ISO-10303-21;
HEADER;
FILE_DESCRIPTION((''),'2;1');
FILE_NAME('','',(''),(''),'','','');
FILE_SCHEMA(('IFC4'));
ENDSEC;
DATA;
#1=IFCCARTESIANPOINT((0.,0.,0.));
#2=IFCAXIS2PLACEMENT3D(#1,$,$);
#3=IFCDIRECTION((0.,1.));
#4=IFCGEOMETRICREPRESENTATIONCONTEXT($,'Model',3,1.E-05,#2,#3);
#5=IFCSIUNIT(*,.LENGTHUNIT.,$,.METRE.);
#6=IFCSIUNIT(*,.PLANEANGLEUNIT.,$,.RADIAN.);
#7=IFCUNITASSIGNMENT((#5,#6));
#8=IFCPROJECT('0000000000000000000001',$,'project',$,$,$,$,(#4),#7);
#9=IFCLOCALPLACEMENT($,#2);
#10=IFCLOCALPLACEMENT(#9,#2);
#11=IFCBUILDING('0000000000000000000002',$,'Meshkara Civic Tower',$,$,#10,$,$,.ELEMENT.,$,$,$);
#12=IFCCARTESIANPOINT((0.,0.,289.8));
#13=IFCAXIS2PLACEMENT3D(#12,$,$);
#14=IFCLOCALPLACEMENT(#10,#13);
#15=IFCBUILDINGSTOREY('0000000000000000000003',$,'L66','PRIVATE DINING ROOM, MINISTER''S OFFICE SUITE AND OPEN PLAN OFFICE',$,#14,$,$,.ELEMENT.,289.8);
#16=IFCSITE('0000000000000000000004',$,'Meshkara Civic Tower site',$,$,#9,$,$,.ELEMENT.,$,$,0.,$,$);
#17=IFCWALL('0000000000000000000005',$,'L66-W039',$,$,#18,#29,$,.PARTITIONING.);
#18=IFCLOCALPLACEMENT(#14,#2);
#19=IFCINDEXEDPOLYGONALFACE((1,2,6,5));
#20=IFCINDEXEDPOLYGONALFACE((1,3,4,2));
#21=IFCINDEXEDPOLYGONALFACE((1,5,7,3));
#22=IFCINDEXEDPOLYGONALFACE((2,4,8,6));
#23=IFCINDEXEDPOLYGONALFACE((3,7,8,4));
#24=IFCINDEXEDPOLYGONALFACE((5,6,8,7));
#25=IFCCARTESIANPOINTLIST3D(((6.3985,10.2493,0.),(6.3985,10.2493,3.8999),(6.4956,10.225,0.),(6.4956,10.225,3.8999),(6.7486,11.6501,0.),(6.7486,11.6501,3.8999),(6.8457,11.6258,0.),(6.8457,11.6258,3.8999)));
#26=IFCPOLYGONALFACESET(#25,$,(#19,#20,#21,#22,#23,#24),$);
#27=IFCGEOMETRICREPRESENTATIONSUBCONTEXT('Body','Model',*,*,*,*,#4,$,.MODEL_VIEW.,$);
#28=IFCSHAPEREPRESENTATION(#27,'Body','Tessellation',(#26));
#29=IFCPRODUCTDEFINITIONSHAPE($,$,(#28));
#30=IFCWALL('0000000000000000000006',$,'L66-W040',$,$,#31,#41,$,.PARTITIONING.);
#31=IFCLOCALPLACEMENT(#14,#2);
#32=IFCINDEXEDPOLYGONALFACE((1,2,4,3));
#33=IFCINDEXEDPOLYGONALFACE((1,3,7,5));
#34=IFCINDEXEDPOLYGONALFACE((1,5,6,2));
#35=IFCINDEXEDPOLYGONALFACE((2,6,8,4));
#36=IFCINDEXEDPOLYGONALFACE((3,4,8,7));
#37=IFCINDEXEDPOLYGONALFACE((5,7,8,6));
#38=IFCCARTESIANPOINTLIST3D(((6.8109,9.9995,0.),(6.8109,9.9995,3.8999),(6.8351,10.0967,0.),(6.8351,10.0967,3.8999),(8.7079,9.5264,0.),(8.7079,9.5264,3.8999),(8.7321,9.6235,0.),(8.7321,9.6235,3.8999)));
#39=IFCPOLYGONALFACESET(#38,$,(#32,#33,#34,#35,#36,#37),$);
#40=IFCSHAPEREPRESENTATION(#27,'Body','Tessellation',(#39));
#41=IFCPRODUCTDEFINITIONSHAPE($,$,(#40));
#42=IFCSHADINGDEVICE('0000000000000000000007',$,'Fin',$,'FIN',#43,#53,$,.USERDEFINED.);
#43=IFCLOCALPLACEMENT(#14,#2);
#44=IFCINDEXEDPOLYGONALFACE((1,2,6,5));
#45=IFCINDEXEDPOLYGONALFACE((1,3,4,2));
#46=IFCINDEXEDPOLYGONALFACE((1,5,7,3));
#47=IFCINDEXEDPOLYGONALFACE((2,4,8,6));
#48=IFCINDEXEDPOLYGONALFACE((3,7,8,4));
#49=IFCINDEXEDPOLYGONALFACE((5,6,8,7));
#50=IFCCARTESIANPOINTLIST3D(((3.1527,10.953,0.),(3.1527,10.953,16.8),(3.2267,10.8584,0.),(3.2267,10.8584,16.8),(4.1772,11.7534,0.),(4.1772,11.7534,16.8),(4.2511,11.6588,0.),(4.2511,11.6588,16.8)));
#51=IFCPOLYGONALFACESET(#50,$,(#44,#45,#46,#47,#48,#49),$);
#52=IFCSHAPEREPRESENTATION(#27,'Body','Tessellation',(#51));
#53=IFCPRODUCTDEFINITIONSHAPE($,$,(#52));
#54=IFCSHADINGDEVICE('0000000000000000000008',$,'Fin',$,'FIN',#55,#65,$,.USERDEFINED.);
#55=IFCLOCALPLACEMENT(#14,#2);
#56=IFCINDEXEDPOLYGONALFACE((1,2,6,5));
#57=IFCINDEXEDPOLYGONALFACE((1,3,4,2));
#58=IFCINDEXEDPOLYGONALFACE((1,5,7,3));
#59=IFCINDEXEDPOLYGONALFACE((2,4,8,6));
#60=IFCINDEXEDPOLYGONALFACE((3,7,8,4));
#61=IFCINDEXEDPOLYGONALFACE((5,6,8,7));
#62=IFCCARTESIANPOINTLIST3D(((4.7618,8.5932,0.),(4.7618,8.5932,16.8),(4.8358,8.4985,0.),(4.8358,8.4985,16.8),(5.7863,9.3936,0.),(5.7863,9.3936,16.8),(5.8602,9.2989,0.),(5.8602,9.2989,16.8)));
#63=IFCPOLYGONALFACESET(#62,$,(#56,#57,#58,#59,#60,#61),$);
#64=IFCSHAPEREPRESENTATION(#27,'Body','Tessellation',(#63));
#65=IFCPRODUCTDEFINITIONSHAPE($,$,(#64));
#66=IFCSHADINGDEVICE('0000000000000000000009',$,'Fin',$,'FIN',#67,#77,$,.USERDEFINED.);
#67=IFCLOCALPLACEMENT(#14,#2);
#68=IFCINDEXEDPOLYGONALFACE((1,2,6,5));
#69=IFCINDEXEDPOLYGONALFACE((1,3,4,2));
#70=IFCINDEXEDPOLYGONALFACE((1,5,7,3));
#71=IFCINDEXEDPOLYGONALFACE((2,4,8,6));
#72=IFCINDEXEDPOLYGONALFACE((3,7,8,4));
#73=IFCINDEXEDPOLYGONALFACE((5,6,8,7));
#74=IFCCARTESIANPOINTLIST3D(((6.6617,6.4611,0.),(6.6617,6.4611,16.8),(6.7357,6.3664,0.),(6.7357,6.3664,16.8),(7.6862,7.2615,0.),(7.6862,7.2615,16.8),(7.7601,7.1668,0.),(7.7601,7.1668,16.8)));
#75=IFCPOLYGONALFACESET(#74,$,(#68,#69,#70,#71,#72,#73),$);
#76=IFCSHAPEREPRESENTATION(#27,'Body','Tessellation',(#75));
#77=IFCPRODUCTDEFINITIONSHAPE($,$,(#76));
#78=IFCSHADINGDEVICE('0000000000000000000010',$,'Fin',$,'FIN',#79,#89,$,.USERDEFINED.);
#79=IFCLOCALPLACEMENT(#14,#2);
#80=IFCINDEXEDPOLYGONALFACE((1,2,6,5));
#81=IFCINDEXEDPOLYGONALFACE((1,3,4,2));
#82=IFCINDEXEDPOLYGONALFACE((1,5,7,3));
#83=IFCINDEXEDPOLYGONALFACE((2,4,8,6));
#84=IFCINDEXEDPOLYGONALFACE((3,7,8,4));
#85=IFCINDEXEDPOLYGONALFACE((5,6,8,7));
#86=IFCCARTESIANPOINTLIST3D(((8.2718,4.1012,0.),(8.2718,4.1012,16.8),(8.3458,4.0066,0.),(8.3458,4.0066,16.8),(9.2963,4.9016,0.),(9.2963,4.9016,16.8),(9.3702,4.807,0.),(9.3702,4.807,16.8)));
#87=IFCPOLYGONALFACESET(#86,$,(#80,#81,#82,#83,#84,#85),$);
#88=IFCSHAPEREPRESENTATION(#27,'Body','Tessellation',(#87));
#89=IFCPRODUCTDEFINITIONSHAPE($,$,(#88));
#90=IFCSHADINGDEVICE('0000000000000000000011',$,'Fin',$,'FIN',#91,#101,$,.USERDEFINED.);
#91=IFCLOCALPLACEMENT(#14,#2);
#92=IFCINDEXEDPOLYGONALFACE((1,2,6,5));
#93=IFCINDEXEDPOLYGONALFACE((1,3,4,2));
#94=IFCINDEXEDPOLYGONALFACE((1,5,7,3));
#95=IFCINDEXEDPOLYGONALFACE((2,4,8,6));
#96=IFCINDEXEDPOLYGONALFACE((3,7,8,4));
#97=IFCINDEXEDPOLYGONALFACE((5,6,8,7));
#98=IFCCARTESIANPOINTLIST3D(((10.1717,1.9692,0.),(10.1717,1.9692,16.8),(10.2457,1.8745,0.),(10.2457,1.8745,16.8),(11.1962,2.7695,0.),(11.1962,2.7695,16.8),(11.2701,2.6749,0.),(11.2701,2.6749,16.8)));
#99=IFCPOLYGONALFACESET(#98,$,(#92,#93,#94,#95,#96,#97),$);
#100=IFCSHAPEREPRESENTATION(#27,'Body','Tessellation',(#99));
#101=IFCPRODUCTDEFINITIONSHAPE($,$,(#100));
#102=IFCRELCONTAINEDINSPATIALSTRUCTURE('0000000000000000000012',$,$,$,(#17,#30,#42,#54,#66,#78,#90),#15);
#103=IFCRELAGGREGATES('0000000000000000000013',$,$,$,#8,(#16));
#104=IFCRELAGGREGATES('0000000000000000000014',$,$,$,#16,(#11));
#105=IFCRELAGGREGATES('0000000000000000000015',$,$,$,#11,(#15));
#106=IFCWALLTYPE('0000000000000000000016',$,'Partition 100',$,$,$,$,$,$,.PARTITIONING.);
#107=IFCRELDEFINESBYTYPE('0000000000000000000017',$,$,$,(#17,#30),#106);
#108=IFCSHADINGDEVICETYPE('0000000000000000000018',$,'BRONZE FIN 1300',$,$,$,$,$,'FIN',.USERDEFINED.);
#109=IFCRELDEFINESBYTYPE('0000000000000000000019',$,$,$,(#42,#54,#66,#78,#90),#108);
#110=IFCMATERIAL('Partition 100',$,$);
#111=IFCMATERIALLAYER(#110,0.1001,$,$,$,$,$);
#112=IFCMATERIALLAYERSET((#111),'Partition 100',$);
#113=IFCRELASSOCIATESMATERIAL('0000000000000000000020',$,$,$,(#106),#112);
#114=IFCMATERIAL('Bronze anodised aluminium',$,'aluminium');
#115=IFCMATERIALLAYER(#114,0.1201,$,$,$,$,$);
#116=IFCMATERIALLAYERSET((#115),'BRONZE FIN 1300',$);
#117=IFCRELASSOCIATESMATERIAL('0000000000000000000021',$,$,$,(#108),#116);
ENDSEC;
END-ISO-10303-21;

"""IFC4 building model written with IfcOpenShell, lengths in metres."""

from ifc_helpers import new_model, si_unit, direction, frame, frame_2d, origin, origin_2d, place, context, subcontext, project, spatial, rectangle, extrude, material, layer, layer_set, type_object, element, save


model = new_model("IFC4")

# Units and contexts
model_context = context("Model", 3, precision=1e-05, world=origin(), true_north=direction((0.0, 1.0)))
body_context = subcontext(model_context, "Body", "Model", "MODEL_VIEW")
ifc_project = project(units=[si_unit("LENGTHUNIT", "METRE"), si_unit("PLANEANGLEUNIT", "RADIAN")], contexts=[model_context])

# Site, building, storey
site_placement = place(None, origin())
site = spatial("IfcSite", under=ifc_project, at=site_placement, Name="Meshkara Civic Tower site", CompositionType="ELEMENT", RefElevation=0.0)
building_placement = place(site_placement, origin())
building = spatial("IfcBuilding", under=site, at=building_placement, Name="Meshkara Civic Tower", CompositionType="ELEMENT")
storey_placement = place(building_placement, frame((0.0, 0.0, 289.8)))
storey = spatial("IfcBuildingStorey", under=building, at=storey_placement, Name="L66", Description="PRIVATE DINING ROOM, MINISTER'S OFFICE SUITE AND OPEN PLAN OFFICE", CompositionType="ELEMENT", Elevation=289.8)

# Walls
ifc_material_1 = material(Name="Partition 100")
ifc_layer_1 = layer(ifc_material_1, 0.1001)
ifc_layer_set_1 = layer_set([ifc_layer_1], Name="Partition 100")
wall_type_1 = type_object("IfcWallType", Name="Partition 100", PredefinedType="PARTITIONING", material=ifc_layer_set_1)
wall_1_placement = place(storey_placement, frame((6.7971, 11.6379, 0.0), z_axis=(0.0, 0.0, 1.0), x_axis=(-0.242456, -0.970162, 0.0)))
element("IfcWall", 1, at=wall_1_placement, inside=storey, type_object=wall_type_1, Name="L66-W039", PredefinedType="PARTITIONING", context=body_context, shape_type="SweptSolid", body=[
    extrude(rectangle(XDim=1.4438, YDim=0.1001, at=frame_2d((0.7219, 0.0))), origin(), (0.0, 0.0, 1.0), 3.8999),
])
wall_2_placement = place(storey_placement, frame((8.72, 9.575, 0.0), z_axis=(0.0, 0.0, 1.0), x_axis=(-0.970275, 0.242007, 0.0)))
element("IfcWall", 2, at=wall_2_placement, inside=storey, type_object=wall_type_1, Name="L66-W040", PredefinedType="PARTITIONING", context=body_context, shape_type="SweptSolid", body=[
    extrude(rectangle(XDim=1.9551, YDim=0.1001, at=frame_2d((0.9775, 0.0))), origin(), (0.0, 0.0, 1.0), 3.8999),
])

# Shading devices
ifc_material_2 = material(Name="Bronze anodised aluminium", Category="aluminium")
ifc_layer_2 = layer(ifc_material_2, 0.1201)
ifc_layer_set_2 = layer_set([ifc_layer_2], Name="BRONZE FIN 1300")
shading_device_type = type_object("IfcShadingDeviceType", Name="BRONZE FIN 1300", ElementType="FIN", PredefinedType="USERDEFINED", material=ifc_layer_set_2)
for number, where, z_axis, x_axis, name in (
    (3, (3.7019, 11.3059, 0.0), (0.0, 0.0, 1.0), (0.615661, -0.788011, 0.0), "Fin"),
    (4, (5.311, 8.946, 0.0), (0.0, 0.0, 1.0), (0.615661, -0.788011, 0.0), "Fin"),
    (5, (7.2109, 6.814, 0.0), (0.0, 0.0, 1.0), (0.615661, -0.788011, 0.0), "Fin"),
    (6, (8.821, 4.4541, 0.0), (0.0, 0.0, 1.0), (0.615661, -0.788011, 0.0), "Fin"),
    (7, (10.7209, 2.322, 0.0), (0.0, 0.0, 1.0), (0.615661, -0.788011, 0.0), "Fin"),
):
    element("IfcShadingDevice", number, at=place(storey_placement, frame(where, z_axis=z_axis, x_axis=x_axis)), inside=storey, type_object=shading_device_type, Name=name, ObjectType="FIN", PredefinedType="USERDEFINED", context=body_context, shape_type="SweptSolid", body=[
        extrude(rectangle(XDim=0.1201, YDim=1.3, at=origin_2d()), origin(), (0.0, 0.0, 1.0), 16.8),
    ])

save(model, "model.ifc")
